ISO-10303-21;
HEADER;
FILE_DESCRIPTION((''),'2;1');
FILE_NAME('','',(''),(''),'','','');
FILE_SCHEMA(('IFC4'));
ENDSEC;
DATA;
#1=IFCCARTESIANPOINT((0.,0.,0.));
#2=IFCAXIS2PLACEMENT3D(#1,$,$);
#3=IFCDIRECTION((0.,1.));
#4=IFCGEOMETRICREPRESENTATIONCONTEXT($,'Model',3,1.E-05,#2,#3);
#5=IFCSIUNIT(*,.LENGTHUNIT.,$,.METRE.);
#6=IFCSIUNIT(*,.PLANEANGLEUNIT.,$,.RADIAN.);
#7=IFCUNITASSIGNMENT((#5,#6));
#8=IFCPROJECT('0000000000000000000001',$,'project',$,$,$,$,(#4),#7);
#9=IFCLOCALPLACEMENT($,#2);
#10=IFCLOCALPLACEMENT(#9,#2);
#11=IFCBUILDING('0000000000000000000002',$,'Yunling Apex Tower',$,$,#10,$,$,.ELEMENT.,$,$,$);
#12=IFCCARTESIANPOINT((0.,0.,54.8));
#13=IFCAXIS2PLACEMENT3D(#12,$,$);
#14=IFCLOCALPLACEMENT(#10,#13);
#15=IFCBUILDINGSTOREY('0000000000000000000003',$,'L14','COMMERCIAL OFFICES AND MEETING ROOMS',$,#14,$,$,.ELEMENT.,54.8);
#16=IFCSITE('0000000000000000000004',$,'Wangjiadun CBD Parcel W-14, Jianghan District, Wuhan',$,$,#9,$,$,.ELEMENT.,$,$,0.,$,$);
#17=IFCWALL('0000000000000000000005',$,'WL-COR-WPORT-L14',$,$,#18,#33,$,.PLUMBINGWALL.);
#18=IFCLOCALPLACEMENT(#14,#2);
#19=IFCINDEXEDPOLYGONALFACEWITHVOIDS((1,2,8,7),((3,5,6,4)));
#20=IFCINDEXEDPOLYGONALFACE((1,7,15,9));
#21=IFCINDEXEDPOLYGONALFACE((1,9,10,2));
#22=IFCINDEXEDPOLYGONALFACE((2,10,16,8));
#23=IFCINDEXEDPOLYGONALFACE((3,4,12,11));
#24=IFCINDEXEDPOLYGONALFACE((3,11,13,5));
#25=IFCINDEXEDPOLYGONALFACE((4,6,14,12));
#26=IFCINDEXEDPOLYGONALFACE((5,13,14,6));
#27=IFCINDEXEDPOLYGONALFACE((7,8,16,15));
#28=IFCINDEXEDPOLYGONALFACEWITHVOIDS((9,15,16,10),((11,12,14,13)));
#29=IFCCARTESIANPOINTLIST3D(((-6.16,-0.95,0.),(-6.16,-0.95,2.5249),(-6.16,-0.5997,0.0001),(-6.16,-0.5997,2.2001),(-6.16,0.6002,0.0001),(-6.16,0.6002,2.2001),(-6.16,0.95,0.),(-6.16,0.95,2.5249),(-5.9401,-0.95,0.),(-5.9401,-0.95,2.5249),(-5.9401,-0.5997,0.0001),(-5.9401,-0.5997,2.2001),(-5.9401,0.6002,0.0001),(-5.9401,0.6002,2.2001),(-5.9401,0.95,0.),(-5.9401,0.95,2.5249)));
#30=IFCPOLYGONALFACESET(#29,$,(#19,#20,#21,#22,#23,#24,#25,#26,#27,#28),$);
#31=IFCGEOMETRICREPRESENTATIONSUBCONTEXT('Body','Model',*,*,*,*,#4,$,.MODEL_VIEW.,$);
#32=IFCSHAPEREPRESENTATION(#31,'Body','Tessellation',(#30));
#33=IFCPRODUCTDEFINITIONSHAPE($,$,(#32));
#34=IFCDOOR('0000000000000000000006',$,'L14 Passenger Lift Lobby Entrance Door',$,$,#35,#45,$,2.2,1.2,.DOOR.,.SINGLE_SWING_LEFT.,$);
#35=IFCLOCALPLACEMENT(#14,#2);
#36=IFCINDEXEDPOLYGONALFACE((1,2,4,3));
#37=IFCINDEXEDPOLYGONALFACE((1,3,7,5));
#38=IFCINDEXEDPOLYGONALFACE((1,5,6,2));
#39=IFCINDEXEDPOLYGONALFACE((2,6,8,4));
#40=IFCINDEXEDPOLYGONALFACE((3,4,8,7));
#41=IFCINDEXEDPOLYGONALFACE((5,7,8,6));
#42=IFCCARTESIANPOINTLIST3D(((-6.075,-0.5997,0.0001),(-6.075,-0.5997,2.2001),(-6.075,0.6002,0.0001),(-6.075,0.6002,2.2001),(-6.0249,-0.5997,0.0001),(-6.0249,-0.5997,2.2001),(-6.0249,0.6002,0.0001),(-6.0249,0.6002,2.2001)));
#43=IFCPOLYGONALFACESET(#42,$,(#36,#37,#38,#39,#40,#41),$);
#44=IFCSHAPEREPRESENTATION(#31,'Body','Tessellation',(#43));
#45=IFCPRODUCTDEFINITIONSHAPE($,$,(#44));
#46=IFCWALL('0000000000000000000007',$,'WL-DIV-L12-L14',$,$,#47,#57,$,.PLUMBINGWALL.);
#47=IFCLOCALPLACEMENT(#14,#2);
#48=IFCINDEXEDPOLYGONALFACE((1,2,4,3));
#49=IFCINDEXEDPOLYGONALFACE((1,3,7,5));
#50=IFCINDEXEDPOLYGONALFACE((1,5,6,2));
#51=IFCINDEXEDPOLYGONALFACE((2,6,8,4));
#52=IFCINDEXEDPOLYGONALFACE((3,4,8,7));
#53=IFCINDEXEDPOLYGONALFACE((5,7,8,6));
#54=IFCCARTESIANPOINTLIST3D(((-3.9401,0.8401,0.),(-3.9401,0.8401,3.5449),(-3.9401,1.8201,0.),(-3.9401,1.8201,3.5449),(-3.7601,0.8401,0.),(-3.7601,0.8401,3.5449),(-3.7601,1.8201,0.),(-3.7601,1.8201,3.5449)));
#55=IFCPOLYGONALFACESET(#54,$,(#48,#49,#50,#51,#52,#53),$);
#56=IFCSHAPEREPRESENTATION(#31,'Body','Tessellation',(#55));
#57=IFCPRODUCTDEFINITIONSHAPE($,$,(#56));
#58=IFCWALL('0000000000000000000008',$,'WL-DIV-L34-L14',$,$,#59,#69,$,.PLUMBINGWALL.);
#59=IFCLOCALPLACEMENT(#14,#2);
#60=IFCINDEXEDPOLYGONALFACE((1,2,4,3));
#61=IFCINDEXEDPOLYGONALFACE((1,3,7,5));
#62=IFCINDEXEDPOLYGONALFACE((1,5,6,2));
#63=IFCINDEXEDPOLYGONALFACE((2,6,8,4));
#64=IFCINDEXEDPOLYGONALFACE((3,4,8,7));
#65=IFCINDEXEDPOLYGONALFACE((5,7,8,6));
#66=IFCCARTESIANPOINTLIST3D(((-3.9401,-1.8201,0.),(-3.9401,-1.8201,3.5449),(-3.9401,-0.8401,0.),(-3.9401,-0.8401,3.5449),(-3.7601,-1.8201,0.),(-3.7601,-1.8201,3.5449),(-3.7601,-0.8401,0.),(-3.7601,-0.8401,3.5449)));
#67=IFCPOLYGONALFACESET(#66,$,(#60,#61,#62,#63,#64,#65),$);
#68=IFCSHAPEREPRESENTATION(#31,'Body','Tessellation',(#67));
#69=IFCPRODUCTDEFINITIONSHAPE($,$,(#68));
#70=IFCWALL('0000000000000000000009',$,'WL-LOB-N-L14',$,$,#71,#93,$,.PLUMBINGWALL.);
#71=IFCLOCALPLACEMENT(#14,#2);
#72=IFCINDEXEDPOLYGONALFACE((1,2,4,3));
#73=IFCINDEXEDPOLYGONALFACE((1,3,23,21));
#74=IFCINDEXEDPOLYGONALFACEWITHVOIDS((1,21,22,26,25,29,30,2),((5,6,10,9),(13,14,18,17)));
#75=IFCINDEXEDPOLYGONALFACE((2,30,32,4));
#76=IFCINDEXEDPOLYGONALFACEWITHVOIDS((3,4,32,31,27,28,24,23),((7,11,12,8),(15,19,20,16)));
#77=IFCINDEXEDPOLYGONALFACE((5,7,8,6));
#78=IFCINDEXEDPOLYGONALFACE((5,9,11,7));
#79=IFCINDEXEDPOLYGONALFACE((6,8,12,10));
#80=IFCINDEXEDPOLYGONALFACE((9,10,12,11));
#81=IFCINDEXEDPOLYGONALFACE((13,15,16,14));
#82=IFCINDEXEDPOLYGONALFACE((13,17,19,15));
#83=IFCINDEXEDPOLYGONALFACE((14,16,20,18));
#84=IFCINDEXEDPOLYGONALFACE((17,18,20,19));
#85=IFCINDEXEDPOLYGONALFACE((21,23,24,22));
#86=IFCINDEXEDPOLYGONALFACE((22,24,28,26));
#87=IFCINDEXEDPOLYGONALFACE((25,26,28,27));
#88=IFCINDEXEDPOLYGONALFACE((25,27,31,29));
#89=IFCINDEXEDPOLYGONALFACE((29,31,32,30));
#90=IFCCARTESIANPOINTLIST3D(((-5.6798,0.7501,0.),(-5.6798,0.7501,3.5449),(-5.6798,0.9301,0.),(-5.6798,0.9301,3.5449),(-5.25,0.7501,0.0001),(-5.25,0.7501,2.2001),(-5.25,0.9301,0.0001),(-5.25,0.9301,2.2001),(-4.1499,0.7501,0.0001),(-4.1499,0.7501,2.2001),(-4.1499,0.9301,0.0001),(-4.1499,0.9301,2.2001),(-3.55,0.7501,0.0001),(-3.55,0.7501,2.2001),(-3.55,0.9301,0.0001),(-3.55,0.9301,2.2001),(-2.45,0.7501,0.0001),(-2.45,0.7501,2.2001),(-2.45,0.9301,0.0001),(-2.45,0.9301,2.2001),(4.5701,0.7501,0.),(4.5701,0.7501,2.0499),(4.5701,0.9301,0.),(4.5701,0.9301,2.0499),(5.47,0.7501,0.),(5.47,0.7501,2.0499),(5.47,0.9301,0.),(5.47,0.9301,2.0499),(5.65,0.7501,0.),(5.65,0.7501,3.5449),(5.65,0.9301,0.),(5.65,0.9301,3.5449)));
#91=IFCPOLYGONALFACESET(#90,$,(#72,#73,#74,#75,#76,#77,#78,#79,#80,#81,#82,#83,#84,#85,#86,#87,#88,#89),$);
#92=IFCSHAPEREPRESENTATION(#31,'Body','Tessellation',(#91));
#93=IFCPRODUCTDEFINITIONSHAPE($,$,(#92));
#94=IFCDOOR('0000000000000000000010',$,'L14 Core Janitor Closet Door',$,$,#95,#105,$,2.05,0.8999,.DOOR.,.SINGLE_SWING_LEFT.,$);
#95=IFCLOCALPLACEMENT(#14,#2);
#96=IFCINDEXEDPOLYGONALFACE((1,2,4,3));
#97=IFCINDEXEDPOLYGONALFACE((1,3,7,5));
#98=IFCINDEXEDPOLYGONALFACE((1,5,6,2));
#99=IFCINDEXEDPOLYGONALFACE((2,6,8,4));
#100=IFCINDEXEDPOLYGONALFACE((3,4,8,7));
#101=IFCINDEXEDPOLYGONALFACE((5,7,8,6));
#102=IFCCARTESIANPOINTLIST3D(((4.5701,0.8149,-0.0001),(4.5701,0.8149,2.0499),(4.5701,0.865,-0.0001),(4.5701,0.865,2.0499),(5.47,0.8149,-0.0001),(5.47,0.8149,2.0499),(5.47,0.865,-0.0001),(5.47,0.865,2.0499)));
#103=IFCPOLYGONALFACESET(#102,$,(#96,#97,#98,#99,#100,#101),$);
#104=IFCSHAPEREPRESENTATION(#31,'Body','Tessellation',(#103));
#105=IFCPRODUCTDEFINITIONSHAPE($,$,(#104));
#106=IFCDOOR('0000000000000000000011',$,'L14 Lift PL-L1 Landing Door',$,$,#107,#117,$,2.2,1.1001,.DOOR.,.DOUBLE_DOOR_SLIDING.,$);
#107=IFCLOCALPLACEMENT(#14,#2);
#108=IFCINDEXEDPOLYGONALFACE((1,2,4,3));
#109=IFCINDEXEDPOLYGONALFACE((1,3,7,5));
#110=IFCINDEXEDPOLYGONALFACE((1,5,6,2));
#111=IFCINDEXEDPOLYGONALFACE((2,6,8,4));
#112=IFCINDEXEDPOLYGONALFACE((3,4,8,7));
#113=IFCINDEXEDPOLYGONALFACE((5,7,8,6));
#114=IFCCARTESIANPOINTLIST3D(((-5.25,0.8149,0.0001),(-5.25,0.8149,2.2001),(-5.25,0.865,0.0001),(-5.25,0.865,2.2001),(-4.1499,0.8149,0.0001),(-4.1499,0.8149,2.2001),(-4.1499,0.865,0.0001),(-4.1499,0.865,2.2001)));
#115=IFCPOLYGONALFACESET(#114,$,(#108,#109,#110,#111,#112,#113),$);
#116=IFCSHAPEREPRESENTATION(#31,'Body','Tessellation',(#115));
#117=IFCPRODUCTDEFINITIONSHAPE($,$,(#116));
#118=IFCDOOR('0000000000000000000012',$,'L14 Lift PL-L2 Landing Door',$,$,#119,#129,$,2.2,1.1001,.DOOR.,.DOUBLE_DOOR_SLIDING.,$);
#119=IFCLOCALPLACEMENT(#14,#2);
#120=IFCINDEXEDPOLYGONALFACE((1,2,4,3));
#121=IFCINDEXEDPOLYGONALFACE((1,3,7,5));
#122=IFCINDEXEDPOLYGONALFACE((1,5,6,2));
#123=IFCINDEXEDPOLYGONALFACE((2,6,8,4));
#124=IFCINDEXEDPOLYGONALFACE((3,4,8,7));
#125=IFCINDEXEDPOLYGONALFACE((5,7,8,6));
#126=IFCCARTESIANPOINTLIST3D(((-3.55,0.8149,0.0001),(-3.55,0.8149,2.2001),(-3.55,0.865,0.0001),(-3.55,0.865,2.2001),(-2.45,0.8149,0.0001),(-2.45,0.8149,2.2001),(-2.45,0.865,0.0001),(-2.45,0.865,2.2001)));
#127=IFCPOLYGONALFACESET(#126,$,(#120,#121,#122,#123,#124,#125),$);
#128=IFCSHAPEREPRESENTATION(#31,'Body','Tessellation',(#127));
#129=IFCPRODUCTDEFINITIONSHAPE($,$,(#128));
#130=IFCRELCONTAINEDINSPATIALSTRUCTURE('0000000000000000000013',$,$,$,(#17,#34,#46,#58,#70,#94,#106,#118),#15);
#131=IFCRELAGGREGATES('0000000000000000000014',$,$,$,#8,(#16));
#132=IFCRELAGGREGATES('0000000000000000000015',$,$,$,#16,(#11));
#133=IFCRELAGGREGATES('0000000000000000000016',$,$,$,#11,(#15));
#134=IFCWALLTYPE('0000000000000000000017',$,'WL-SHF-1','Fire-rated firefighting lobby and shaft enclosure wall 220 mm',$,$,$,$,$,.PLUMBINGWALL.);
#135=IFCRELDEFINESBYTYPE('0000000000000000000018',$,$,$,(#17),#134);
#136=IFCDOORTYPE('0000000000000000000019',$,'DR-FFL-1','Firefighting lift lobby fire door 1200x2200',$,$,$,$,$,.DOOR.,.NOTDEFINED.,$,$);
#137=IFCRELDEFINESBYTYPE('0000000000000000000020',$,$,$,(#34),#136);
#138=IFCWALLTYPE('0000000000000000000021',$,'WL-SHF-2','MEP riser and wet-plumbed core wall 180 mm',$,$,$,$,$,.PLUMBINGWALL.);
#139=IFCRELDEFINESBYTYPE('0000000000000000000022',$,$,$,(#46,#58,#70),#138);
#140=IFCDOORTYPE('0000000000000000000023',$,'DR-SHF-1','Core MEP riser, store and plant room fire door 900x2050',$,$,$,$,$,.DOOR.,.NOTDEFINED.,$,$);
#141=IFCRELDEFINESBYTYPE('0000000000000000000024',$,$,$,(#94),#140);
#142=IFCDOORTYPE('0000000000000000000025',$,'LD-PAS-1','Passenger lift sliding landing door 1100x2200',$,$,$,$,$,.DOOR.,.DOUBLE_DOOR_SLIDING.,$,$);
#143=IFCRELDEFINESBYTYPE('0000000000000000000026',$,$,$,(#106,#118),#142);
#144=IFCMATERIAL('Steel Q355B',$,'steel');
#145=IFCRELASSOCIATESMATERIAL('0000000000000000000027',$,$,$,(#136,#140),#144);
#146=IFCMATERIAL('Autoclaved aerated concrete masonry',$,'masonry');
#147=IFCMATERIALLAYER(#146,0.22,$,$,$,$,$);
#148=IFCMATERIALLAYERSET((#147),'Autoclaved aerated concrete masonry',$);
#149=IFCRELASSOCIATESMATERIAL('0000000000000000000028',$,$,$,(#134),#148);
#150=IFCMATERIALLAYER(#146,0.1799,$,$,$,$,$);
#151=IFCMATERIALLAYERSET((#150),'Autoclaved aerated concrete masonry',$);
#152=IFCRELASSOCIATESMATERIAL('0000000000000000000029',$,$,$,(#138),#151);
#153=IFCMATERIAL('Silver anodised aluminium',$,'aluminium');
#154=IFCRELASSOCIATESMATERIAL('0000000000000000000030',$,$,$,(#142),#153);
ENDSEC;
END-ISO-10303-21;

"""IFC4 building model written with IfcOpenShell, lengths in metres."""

from ifc_helpers import new_model, si_unit, direction, frame, frame_2d, origin, place, context, subcontext, project, spatial, rectangle, extrude, material, layer, layer_set, type_object, element, fill, save


model = new_model("IFC4")

# Units and contexts
model_context = context("Model", 3, precision=1e-05, world=origin(), true_north=direction((0.0, 1.0)))
body_context = subcontext(model_context, "Body", "Model", "MODEL_VIEW")
ifc_project = project(units=[si_unit("LENGTHUNIT", "METRE"), si_unit("PLANEANGLEUNIT", "RADIAN")], contexts=[model_context])

# Site, building, storey
site_placement = place(None, origin())
site = spatial("IfcSite", under=ifc_project, at=site_placement, Name="Wangjiadun CBD Parcel W-14, Jianghan District, Wuhan", CompositionType="ELEMENT", RefElevation=0.0)
building_placement = place(site_placement, origin())
building = spatial("IfcBuilding", under=site, at=building_placement, Name="Yunling Apex Tower", CompositionType="ELEMENT")
storey_placement = place(building_placement, frame((0.0, 0.0, 54.8)))
storey = spatial("IfcBuildingStorey", under=building, at=storey_placement, Name="L14", Description="COMMERCIAL OFFICES AND MEETING ROOMS", CompositionType="ELEMENT", Elevation=54.8)

# Shared definitions
ifc_material_1 = material(Name="Steel Q355B", Category="steel")

# Shared definitions
door_type_1 = type_object("IfcDoorType", Name="DR-FFL-1", Description="Firefighting lift lobby fire door 1200x2200", OperationType="NOTDEFINED", PredefinedType="DOOR", material=ifc_material_1)

# Wall, opening, door
ifc_material_2 = material(Name="Autoclaved aerated concrete masonry", Category="masonry")
ifc_layer_1 = layer(ifc_material_2, 0.22)
ifc_layer_set_1 = layer_set([ifc_layer_1], Name="Autoclaved aerated concrete masonry")
wall_type_1 = type_object("IfcWallType", Name="WL-SHF-1", Description="Fire-rated firefighting lobby and shaft enclosure wall 220 mm", PredefinedType="PLUMBINGWALL", material=ifc_layer_set_1)
wall_1_placement = place(storey_placement, frame((-6.05, -0.95, 0.0), z_axis=(0.0, 0.0, 1.0), x_axis=(0.0, 1.0, 0.0)))
wall_1 = element("IfcWall", 1, at=wall_1_placement, inside=storey, type_object=wall_type_1, Name="WL-COR-WPORT-L14", PredefinedType="PLUMBINGWALL", context=body_context, shape_type="SweptSolid", body=[
    extrude(rectangle(XDim=1.8999, YDim=0.22, at=frame_2d((0.95, 0.0))), origin(), (0.0, 0.0, 1.0), 2.5249),
])
opening_1_placement = place(wall_1_placement, frame((0.3501, 0.0, 0.0)))
opening_1 = element("IfcOpeningElement", 2, at=opening_1_placement, cuts=wall_1, PredefinedType="OPENING", context=body_context, shape_type="SweptSolid", body=[
    extrude(rectangle(XDim=1.2, YDim=2.2, at=frame_2d((0.6001, 1.1001))), frame((0.0, 0.1201, 0.0), z_axis=(0.0, -1.0, 0.0), x_axis=(1.0, 0.0, 0.0)), (0.0, 0.0, 1.0), 0.24),
])
door_1_placement = place(opening_1_placement, origin())
door_1 = element("IfcDoor", 3, at=door_1_placement, inside=storey, type_object=door_type_1, Name="L14 Passenger Lift Lobby Entrance Door", OperationType="SINGLE_SWING_LEFT", OverallHeight=2.2, OverallWidth=1.2, PredefinedType="DOOR", context=body_context, shape_type="SweptSolid", body=[
    extrude(rectangle(XDim=1.2, YDim=2.2, at=frame_2d((0.6001, 1.1001))), frame((0.0, 0.0249, 0.0), z_axis=(0.0, -1.0, 0.0), x_axis=(1.0, 0.0, 0.0)), (0.0, 0.0, 1.0), 0.05),
])
fill(opening_1, door_1)

# Walls
ifc_layer_2 = layer(ifc_material_2, 0.1799)
ifc_layer_set_2 = layer_set([ifc_layer_2], Name="Autoclaved aerated concrete masonry")
wall_type_2 = type_object("IfcWallType", Name="WL-SHF-2", Description="MEP riser and wet-plumbed core wall 180 mm", PredefinedType="PLUMBINGWALL", material=ifc_layer_set_2)
for number, where, z_axis, x_axis, name in (
    (4, (-3.8501, 0.8401, 0.0), (0.0, 0.0, 1.0), (0.0, 1.0, 0.0), "WL-DIV-L12-L14"),
    (5, (-3.8501, -1.8201, 0.0), (0.0, 0.0, 1.0), (0.0, 1.0, 0.0), "WL-DIV-L34-L14"),
):
    element("IfcWall", number, at=place(storey_placement, frame(where, z_axis=z_axis, x_axis=x_axis)), inside=storey, type_object=wall_type_2, Name=name, PredefinedType="PLUMBINGWALL", context=body_context, shape_type="SweptSolid", body=[
        extrude(rectangle(XDim=0.98, YDim=0.1799, at=frame_2d((0.49, 0.0))), origin(), (0.0, 0.0, 1.0), 3.5449),
    ])

# Wall, openings, doors
wall_2_placement = place(storey_placement, frame((-5.6799, 0.8401, 0.0), z_axis=(0.0, 0.0, 1.0), x_axis=(1.0, 0.0, 0.0)))
wall_2 = element("IfcWall", 6, at=wall_2_placement, inside=storey, type_object=wall_type_2, Name="WL-LOB-N-L14", PredefinedType="PLUMBINGWALL", context=body_context, shape_type="SweptSolid", body=[
    extrude(rectangle(XDim=11.3298, YDim=0.1799, at=frame_2d((5.665, 0.0))), origin(), (0.0, 0.0, 1.0), 3.5449),
])
opening_2_placement = place(wall_2_placement, frame((0.4299, 0.0, 0.0)))
opening_2 = element("IfcOpeningElement", 7, at=opening_2_placement, cuts=wall_2, PredefinedType="OPENING", context=body_context, shape_type="SweptSolid", body=[
    extrude(rectangle(XDim=1.1001, YDim=2.2, at=frame_2d((0.55, 1.1001))), frame((0.0, 0.1001, 0.0), z_axis=(0.0, -1.0, 0.0), x_axis=(1.0, 0.0, 0.0)), (0.0, 0.0, 1.0), 0.2),
])
opening_3_placement = place(wall_2_placement, frame((2.1299, 0.0, 0.0)))
opening_3 = element("IfcOpeningElement", 8, at=opening_3_placement, cuts=wall_2, PredefinedType="OPENING", context=body_context, shape_type="SweptSolid", body=[
    extrude(rectangle(XDim=1.1001, YDim=2.2, at=frame_2d((0.55, 1.1001))), frame((0.0, 0.1001, 0.0), z_axis=(0.0, -1.0, 0.0), x_axis=(1.0, 0.0, 0.0)), (0.0, 0.0, 1.0), 0.2),
])
opening_4_placement = place(wall_2_placement, frame((10.25, 0.0, 0.0)))
opening_4 = element("IfcOpeningElement", 9, at=opening_4_placement, cuts=wall_2, PredefinedType="OPENING", context=body_context, shape_type="SweptSolid", body=[
    extrude(rectangle(XDim=0.8999, YDim=2.05, at=frame_2d((0.45, 1.0249))), frame((0.0, 0.1001, 0.0), z_axis=(0.0, -1.0, 0.0), x_axis=(1.0, 0.0, 0.0)), (0.0, 0.0, 1.0), 0.2),
])
door_type_2 = type_object("IfcDoorType", Name="DR-SHF-1", Description="Core MEP riser, store and plant room fire door 900x2050", OperationType="NOTDEFINED", PredefinedType="DOOR", material=ifc_material_1)
door_2_placement = place(opening_4_placement, origin())
door_2 = element("IfcDoor", 10, at=door_2_placement, inside=storey, type_object=door_type_2, Name="L14 Core Janitor Closet Door", OperationType="SINGLE_SWING_LEFT", OverallHeight=2.05, OverallWidth=0.8999, PredefinedType="DOOR", context=body_context, shape_type="SweptSolid", body=[
    extrude(rectangle(XDim=0.8999, YDim=2.05, at=frame_2d((0.45, 1.0249))), frame((0.0, 0.0249, 0.0), z_axis=(0.0, -1.0, 0.0), x_axis=(1.0, 0.0, 0.0)), (0.0, 0.0, 1.0), 0.05),
])
fill(opening_4, door_2)
ifc_material_3 = material(Name="Silver anodised aluminium", Category="aluminium")
door_type_3 = type_object("IfcDoorType", Name="LD-PAS-1", Description="Passenger lift sliding landing door 1100x2200", OperationType="DOUBLE_DOOR_SLIDING", PredefinedType="DOOR", material=ifc_material_3)
door_3_placement = place(opening_2_placement, origin())
door_3 = element("IfcDoor", 11, at=door_3_placement, inside=storey, type_object=door_type_3, Name="L14 Lift PL-L1 Landing Door", OperationType="DOUBLE_DOOR_SLIDING", OverallHeight=2.2, OverallWidth=1.1001, PredefinedType="DOOR", context=body_context, shape_type="SweptSolid", body=[
    extrude(rectangle(XDim=1.1001, YDim=2.2, at=frame_2d((0.55, 1.1001))), frame((0.0, 0.0249, 0.0), z_axis=(0.0, -1.0, 0.0), x_axis=(1.0, 0.0, 0.0)), (0.0, 0.0, 1.0), 0.05),
])
fill(opening_2, door_3)
door_4_placement = place(opening_3_placement, origin())
door_4 = element("IfcDoor", 12, at=door_4_placement, inside=storey, type_object=door_type_3, Name="L14 Lift PL-L2 Landing Door", OperationType="DOUBLE_DOOR_SLIDING", OverallHeight=2.2, OverallWidth=1.1001, PredefinedType="DOOR", context=body_context, shape_type="SweptSolid", body=[
    extrude(rectangle(XDim=1.1001, YDim=2.2, at=frame_2d((0.55, 1.1001))), frame((0.0, 0.0249, 0.0), z_axis=(0.0, -1.0, 0.0), x_axis=(1.0, 0.0, 0.0)), (0.0, 0.0, 1.0), 0.05),
])
fill(opening_3, door_4)

save(model, "model.ifc")
